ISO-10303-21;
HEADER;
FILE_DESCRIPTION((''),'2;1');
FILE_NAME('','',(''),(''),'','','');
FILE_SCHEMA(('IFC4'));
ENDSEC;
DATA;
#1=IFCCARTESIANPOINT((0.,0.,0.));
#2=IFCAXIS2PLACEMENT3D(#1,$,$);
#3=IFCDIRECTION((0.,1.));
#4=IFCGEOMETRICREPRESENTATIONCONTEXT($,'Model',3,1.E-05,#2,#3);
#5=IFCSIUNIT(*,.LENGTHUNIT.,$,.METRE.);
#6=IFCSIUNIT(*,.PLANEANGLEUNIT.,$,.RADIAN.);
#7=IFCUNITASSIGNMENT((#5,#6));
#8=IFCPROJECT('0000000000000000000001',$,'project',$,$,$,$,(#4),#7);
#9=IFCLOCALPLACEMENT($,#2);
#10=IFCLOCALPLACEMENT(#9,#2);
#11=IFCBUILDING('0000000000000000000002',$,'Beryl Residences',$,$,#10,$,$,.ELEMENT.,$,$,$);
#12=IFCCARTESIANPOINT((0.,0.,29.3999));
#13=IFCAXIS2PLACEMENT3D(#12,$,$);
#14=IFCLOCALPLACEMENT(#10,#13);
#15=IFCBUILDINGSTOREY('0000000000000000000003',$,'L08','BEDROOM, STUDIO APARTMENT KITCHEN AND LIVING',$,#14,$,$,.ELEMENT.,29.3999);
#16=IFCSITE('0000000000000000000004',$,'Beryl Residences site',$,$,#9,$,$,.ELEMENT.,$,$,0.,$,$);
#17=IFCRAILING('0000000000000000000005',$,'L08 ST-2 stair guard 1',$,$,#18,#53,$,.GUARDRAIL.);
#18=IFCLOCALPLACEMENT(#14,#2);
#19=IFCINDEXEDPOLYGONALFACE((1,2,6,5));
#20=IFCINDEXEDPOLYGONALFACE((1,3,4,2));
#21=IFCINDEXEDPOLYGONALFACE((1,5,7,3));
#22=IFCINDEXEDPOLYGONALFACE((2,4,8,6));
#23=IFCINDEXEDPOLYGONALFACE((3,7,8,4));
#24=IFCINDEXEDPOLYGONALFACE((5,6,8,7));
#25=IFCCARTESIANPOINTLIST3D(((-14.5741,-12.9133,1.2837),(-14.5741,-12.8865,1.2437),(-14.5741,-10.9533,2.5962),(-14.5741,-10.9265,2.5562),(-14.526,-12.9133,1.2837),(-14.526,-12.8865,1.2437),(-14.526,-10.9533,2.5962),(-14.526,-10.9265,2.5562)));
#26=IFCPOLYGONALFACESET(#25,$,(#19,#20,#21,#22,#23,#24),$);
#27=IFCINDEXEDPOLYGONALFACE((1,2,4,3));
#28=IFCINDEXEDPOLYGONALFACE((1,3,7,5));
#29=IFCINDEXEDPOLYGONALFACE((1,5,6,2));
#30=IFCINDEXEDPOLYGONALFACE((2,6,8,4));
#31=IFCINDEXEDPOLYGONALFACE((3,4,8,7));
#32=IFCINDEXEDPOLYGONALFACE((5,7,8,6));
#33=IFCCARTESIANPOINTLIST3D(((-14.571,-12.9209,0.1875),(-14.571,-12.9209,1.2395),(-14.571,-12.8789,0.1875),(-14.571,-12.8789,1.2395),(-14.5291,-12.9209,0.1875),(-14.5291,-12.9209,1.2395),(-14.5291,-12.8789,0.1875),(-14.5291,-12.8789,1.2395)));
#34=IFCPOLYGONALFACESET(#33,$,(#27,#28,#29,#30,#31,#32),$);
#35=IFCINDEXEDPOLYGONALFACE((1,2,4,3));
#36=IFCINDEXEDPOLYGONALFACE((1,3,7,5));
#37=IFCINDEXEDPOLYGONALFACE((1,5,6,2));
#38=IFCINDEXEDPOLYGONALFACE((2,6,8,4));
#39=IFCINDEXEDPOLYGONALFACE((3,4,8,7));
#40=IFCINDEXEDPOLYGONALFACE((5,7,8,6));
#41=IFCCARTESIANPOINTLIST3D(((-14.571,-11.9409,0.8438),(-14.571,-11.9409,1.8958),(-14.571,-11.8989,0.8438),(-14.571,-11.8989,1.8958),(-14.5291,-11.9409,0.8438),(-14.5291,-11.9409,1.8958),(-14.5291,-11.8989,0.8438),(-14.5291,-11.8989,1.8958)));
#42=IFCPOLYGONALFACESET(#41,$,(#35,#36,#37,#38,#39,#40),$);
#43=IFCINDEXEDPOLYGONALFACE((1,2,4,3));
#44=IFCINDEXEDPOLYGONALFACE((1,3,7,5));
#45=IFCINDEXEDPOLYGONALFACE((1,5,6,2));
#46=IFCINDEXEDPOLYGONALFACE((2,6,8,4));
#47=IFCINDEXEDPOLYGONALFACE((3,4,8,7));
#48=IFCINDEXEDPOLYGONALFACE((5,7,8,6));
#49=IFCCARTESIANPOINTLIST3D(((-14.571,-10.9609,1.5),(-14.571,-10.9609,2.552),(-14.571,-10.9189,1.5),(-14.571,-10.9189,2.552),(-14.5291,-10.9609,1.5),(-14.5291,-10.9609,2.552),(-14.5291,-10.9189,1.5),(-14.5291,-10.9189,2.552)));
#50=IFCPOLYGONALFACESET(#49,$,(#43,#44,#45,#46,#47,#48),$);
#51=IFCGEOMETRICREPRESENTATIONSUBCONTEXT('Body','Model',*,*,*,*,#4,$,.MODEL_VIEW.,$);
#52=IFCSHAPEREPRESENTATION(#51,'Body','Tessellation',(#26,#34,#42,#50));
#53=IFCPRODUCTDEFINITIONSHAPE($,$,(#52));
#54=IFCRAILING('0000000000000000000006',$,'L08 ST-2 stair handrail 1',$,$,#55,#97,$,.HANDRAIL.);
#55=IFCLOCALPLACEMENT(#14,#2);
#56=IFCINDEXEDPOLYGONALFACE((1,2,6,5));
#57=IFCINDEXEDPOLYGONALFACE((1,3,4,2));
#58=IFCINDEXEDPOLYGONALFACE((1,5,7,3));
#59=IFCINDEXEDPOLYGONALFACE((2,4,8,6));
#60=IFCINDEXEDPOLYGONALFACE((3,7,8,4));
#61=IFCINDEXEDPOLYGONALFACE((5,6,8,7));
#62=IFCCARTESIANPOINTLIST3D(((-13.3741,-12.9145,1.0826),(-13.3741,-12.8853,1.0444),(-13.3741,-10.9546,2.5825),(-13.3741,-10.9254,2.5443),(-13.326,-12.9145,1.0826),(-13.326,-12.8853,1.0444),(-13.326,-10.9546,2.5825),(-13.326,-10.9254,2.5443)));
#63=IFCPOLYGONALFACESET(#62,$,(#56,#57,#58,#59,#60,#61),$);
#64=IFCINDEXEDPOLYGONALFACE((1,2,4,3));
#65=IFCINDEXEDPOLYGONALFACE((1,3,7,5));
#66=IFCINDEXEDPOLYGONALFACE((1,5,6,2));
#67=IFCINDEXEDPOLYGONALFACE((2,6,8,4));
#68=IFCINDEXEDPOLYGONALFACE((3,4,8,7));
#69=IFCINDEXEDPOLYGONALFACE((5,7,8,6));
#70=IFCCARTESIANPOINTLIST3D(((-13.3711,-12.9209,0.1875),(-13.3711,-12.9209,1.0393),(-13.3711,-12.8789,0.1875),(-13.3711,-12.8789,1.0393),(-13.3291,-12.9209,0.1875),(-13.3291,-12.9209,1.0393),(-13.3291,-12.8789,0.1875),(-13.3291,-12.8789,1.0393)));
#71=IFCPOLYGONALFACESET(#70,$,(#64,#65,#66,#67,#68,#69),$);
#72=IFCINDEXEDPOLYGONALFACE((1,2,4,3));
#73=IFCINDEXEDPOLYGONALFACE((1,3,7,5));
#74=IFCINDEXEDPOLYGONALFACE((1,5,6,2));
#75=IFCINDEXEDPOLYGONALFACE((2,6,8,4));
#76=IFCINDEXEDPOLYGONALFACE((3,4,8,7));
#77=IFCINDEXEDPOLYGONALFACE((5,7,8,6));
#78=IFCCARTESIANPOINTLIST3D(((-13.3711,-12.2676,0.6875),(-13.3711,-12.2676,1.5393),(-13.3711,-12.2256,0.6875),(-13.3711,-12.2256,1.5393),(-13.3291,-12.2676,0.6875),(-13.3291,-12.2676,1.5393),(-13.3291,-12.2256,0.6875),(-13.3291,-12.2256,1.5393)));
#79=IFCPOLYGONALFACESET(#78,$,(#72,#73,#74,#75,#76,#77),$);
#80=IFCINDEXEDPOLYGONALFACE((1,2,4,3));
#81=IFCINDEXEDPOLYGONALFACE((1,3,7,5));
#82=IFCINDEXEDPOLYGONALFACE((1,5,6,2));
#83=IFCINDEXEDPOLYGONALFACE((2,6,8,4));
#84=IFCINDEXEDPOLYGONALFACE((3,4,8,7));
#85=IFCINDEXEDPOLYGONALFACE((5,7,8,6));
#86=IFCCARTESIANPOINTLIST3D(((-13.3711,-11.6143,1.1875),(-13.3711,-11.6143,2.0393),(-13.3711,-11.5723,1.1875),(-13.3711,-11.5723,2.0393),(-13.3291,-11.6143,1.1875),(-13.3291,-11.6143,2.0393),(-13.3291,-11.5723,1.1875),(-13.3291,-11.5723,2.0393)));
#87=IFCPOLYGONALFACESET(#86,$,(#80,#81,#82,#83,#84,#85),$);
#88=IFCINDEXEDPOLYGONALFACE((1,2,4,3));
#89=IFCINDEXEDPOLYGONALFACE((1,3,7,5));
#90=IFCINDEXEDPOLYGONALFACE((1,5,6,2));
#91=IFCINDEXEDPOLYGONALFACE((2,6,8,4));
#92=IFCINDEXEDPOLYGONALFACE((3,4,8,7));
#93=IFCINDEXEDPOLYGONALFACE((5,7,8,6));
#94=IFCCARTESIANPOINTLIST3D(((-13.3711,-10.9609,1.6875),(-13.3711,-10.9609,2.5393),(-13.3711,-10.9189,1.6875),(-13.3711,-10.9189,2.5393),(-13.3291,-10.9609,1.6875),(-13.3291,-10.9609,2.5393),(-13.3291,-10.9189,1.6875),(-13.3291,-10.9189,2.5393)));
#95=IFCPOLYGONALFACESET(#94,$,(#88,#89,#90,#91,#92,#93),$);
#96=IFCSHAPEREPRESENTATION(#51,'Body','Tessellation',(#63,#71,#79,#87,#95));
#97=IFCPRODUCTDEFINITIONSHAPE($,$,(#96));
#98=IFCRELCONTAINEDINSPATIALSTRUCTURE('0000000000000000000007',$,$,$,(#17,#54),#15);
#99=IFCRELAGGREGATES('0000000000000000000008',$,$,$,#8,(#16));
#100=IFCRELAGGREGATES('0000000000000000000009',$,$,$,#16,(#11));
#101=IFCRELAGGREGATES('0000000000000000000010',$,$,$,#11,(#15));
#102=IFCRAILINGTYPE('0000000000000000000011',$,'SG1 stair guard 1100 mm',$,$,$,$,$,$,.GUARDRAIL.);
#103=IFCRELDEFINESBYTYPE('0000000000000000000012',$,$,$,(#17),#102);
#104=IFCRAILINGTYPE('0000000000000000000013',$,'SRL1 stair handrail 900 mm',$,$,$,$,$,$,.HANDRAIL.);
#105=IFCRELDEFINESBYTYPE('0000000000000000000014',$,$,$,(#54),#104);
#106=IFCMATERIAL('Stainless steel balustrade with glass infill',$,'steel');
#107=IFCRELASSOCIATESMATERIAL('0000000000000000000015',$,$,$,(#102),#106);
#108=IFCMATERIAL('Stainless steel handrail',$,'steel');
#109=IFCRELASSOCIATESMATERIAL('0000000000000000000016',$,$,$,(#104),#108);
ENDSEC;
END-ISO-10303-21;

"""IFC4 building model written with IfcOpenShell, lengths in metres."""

from ifc_helpers import new_model, si_unit, direction, frame, origin, origin_2d, place, context, subcontext, project, spatial, rectangle, extrude, material, type_object, element, save


model = new_model("IFC4")

# Units and contexts
model_context = context("Model", 3, precision=1e-05, world=origin(), true_north=direction((0.0, 1.0)))
body_context = subcontext(model_context, "Body", "Model", "MODEL_VIEW")
ifc_project = project(units=[si_unit("LENGTHUNIT", "METRE"), si_unit("PLANEANGLEUNIT", "RADIAN")], contexts=[model_context])

# Site, building, storey
site_placement = place(None, origin())
site = spatial("IfcSite", under=ifc_project, at=site_placement, Name="Beryl Residences site", CompositionType="ELEMENT", RefElevation=0.0)
building_placement = place(site_placement, origin())
building = spatial("IfcBuilding", under=site, at=building_placement, Name="Beryl Residences", CompositionType="ELEMENT")
storey_placement = place(building_placement, frame((0.0, 0.0, 29.3999)))
storey = spatial("IfcBuildingStorey", under=building, at=storey_placement, Name="L08", Description="BEDROOM, STUDIO APARTMENT KITCHEN AND LIVING", CompositionType="ELEMENT", Elevation=29.3999)

# Railings
ifc_material_1 = material(Name="Stainless steel balustrade with glass infill", Category="steel")
railing_type_1 = type_object("IfcRailingType", Name="SG1 stair guard 1100 mm", PredefinedType="GUARDRAIL", material=ifc_material_1)
railing_1_placement = place(storey_placement, frame((-14.55, -12.8999, 0.1875)))
element("IfcRailing", 1, at=railing_1_placement, inside=storey, type_object=railing_type_1, Name="L08 ST-2 stair guard 1", PredefinedType="GUARDRAIL", context=body_context, shape_type="SweptSolid", body=[
    extrude(rectangle(XDim=0.0481, YDim=0.0481, at=origin_2d()), frame((0.0, 0.0, 1.0762), z_axis=(0.0, 0.830902, 0.556419), x_axis=(-1.0, 0.0, 0.0)), (0.0, 0.0, 1.0), 2.3589),
    extrude(rectangle(XDim=0.042, YDim=0.042, at=origin_2d()), origin(), (0.0, 0.0, 1.0), 1.052),
    extrude(rectangle(XDim=0.042, YDim=0.042, at=origin_2d()), frame((0.0, 0.98, 0.6562)), (0.0, 0.0, 1.0), 1.052),
    extrude(rectangle(XDim=0.042, YDim=0.042, at=origin_2d()), frame((0.0, 1.96, 1.3125)), (0.0, 0.0, 1.0), 1.052),
])
ifc_material_2 = material(Name="Stainless steel handrail", Category="steel")
railing_type_2 = type_object("IfcRailingType", Name="SRL1 stair handrail 900 mm", PredefinedType="HANDRAIL", material=ifc_material_2)
railing_2_placement = place(storey_placement, frame((-13.3501, -12.8999, 0.1875)))
element("IfcRailing", 2, at=railing_2_placement, inside=storey, type_object=railing_type_2, Name="L08 ST-2 stair handrail 1", PredefinedType="HANDRAIL", context=body_context, shape_type="SweptSolid", body=[
    extrude(rectangle(XDim=0.0481, YDim=0.0481, at=origin_2d()), frame((0.0, 0.0, 0.876), z_axis=(0.0, 0.794122, 0.607758), x_axis=(-1.0, 0.0, 0.0)), (0.0, 0.0, 1.0), 2.468),
    extrude(rectangle(XDim=0.042, YDim=0.042, at=origin_2d()), origin(), (0.0, 0.0, 1.0), 0.8518),
    extrude(rectangle(XDim=0.042, YDim=0.042, at=origin_2d()), frame((0.0, 0.6533, 0.5)), (0.0, 0.0, 1.0), 0.8518),
    extrude(rectangle(XDim=0.042, YDim=0.042, at=origin_2d()), frame((0.0, 1.3066, 1.0)), (0.0, 0.0, 1.0), 0.8518),
    extrude(rectangle(XDim=0.042, YDim=0.042, at=origin_2d()), frame((0.0, 1.96, 1.5)), (0.0, 0.0, 1.0), 0.8518),
])

save(model, "model.ifc")
